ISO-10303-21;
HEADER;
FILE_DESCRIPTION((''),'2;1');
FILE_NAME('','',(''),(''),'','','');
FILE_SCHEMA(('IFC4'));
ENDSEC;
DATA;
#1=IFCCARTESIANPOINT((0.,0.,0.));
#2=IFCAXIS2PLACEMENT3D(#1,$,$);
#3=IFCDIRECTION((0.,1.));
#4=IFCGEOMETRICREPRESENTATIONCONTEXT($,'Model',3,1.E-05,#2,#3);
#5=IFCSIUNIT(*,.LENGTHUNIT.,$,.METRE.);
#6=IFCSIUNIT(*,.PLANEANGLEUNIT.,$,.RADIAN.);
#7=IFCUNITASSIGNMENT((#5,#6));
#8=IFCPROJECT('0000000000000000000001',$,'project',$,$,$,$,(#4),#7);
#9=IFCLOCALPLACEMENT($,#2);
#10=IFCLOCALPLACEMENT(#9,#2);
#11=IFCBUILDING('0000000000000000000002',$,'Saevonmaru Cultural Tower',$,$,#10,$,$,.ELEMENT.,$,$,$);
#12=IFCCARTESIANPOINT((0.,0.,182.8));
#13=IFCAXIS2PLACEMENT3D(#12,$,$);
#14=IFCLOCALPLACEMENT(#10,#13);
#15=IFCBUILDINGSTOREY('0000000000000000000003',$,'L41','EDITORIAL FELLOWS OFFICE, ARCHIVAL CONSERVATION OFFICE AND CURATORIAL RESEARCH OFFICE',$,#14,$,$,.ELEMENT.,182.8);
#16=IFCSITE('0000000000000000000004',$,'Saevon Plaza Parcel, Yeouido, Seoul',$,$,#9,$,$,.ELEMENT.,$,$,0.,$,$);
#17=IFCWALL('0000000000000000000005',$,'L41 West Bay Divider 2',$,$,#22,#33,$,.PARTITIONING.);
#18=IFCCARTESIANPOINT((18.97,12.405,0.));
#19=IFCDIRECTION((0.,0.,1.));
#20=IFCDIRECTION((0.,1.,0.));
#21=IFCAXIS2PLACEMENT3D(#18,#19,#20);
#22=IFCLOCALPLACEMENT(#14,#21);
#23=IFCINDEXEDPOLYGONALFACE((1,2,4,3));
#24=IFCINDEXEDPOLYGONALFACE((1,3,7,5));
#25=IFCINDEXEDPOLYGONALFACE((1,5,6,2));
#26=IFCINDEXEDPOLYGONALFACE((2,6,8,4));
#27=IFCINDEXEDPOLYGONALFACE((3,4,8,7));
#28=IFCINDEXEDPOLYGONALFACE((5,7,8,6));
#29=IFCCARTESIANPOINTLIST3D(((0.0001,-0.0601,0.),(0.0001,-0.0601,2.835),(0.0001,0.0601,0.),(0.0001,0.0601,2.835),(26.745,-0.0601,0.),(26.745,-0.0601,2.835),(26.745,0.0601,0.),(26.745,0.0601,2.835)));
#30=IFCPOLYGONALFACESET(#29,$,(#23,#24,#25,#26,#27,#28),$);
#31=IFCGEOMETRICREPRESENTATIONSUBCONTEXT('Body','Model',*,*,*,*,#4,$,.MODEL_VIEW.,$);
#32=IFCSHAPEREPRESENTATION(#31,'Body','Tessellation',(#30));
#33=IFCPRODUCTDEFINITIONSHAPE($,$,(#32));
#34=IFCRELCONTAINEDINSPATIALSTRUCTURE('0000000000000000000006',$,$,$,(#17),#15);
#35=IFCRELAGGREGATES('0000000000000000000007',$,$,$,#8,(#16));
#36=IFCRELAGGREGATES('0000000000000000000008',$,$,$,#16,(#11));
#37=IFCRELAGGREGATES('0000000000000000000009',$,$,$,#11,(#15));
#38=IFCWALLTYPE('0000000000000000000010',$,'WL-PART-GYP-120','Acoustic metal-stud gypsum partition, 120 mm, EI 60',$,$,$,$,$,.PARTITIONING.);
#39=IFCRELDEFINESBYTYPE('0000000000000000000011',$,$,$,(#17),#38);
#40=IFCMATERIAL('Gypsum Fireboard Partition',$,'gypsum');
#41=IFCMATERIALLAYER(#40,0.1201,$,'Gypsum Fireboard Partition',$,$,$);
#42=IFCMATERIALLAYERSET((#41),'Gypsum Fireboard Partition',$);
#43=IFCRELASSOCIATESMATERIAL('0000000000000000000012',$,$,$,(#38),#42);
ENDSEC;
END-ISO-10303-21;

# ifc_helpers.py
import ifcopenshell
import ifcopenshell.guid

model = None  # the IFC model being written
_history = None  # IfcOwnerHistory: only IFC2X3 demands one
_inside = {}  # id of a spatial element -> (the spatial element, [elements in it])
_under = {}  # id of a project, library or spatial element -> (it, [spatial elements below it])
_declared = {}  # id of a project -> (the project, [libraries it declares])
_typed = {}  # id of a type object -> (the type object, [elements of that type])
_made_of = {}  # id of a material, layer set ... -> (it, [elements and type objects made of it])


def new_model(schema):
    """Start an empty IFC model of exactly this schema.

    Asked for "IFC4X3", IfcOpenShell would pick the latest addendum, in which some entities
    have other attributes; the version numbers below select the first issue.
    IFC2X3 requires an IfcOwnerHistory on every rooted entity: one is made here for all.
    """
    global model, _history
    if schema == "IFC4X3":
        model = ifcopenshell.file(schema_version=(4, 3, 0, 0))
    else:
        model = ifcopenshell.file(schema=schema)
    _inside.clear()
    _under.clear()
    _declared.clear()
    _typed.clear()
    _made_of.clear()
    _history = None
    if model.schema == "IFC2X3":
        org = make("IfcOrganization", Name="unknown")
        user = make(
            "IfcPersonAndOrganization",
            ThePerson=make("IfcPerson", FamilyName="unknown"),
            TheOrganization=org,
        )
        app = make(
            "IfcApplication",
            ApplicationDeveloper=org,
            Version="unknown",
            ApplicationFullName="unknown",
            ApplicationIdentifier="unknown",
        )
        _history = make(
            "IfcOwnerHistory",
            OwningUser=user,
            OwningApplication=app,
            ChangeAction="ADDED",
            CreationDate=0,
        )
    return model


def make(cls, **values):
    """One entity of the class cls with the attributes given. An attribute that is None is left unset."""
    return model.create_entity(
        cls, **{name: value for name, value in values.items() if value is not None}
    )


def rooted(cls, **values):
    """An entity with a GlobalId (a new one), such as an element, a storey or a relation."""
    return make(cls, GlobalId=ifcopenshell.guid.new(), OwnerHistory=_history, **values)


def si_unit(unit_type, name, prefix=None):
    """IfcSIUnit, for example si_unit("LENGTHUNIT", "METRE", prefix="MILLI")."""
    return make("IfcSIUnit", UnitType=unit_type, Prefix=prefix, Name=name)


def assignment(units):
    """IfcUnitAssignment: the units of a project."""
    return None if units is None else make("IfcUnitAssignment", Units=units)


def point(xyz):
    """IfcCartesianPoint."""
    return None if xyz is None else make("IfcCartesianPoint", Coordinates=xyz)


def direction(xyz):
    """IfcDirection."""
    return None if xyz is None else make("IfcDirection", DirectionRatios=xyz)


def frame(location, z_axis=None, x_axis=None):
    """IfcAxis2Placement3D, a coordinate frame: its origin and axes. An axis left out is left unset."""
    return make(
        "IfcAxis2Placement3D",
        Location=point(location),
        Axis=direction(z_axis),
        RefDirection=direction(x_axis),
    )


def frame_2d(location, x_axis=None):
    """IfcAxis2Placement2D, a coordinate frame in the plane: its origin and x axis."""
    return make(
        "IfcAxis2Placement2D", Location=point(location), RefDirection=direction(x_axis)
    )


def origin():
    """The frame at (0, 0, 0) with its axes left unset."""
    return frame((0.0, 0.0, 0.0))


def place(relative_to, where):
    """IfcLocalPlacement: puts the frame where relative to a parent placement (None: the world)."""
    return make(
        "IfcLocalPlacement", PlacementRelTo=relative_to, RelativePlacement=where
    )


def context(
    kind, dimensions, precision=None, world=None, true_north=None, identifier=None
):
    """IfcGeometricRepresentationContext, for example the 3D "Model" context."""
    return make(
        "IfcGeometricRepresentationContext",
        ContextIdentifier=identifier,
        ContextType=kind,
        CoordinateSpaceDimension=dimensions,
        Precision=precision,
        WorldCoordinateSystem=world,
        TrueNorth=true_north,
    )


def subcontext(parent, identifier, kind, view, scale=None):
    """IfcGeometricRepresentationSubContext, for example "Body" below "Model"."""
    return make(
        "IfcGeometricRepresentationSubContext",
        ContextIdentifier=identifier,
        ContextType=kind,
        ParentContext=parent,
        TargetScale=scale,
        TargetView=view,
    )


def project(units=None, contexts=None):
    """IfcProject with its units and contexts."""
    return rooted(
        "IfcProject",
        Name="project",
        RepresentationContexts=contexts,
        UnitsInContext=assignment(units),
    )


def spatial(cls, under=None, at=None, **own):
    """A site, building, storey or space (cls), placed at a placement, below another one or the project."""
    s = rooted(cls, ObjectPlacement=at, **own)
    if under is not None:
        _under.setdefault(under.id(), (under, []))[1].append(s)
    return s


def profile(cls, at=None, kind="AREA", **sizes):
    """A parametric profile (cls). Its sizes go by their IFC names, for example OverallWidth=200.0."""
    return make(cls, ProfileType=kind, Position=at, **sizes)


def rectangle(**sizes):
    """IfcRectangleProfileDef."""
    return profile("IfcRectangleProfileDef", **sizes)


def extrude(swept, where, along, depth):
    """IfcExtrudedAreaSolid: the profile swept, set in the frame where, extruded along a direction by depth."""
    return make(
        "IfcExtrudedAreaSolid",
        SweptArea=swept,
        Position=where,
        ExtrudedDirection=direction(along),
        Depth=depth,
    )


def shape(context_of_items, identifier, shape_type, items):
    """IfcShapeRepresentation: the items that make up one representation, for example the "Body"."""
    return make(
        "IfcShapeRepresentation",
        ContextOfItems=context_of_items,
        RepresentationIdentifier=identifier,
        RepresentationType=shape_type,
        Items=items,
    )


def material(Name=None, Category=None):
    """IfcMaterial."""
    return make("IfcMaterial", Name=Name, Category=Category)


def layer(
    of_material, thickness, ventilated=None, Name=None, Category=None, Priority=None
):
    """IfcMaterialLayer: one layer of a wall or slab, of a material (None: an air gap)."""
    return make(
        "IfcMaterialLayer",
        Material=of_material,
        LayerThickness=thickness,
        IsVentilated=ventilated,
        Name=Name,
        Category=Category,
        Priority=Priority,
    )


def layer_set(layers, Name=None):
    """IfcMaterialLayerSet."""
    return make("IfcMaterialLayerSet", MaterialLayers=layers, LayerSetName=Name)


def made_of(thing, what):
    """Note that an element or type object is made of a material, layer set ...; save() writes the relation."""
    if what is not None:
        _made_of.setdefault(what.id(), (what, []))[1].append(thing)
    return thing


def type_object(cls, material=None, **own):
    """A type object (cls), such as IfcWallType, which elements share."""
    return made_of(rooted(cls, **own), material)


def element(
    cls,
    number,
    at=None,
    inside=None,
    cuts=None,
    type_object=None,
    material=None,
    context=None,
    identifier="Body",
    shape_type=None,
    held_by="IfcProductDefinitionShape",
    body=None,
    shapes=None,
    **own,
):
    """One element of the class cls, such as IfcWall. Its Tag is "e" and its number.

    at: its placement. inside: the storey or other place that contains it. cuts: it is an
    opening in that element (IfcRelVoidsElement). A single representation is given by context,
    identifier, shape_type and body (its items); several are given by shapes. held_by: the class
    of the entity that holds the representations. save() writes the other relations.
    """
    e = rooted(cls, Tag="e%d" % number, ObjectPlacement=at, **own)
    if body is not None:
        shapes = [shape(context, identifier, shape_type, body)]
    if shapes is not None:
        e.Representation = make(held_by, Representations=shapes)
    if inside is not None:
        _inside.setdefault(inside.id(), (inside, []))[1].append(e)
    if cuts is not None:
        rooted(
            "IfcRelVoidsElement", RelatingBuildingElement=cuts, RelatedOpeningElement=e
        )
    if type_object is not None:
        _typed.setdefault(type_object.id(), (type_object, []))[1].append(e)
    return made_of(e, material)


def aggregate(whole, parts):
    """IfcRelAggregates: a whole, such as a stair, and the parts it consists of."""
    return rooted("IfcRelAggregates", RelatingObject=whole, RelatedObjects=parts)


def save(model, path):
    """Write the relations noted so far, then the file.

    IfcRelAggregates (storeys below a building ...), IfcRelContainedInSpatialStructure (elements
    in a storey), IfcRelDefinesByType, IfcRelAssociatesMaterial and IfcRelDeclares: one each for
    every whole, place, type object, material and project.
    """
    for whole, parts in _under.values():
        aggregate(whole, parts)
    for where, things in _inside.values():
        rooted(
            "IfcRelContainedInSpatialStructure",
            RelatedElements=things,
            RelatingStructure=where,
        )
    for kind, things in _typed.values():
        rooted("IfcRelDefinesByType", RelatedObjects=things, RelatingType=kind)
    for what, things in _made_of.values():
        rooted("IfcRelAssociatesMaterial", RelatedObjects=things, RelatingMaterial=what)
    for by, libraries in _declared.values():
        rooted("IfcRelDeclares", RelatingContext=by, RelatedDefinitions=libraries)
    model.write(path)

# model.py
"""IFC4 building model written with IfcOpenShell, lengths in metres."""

from ifc_helpers import new_model, si_unit, direction, frame, frame_2d, origin, place, context, subcontext, project, spatial, rectangle, extrude, material, layer, layer_set, type_object, element, save


model = new_model("IFC4")

# Units and contexts
model_context = context("Model", 3, precision=1e-05, world=origin(), true_north=direction((0.0, 1.0)))
body_context = subcontext(model_context, "Body", "Model", "MODEL_VIEW")
ifc_project = project(units=[si_unit("LENGTHUNIT", "METRE"), si_unit("PLANEANGLEUNIT", "RADIAN")], contexts=[model_context])

# Site, building, storey
site_placement = place(None, origin())
site = spatial("IfcSite", under=ifc_project, at=site_placement, Name="Saevon Plaza Parcel, Yeouido, Seoul", CompositionType="ELEMENT", RefElevation=0.0)
building_placement = place(site_placement, origin())
building = spatial("IfcBuilding", under=site, at=building_placement, Name="Saevonmaru Cultural Tower", CompositionType="ELEMENT")
storey_placement = place(building_placement, frame((0.0, 0.0, 182.8)))
storey = spatial("IfcBuildingStorey", under=building, at=storey_placement, Name="L41", Description="EDITORIAL FELLOWS OFFICE, ARCHIVAL CONSERVATION OFFICE AND CURATORIAL RESEARCH OFFICE", CompositionType="ELEMENT", Elevation=182.8)

# Wall
ifc_material_1 = material(Name="Gypsum Fireboard Partition", Category="gypsum")
ifc_layer_1 = layer(ifc_material_1, 0.1201, Name="Gypsum Fireboard Partition")
ifc_layer_set_1 = layer_set([ifc_layer_1], Name="Gypsum Fireboard Partition")
wall_type_1 = type_object("IfcWallType", Name="WL-PART-GYP-120", Description="Acoustic metal-stud gypsum partition, 120 mm, EI 60", PredefinedType="PARTITIONING", material=ifc_layer_set_1)
wall_1_placement = place(storey_placement, frame((18.97, 12.405, 0.0), z_axis=(0.0, 0.0, 1.0), x_axis=(0.0, 1.0, 0.0)))
element("IfcWall", 1, at=wall_1_placement, inside=storey, type_object=wall_type_1, Name="L41 West Bay Divider 2", PredefinedType="PARTITIONING", context=body_context, shape_type="SweptSolid", body=[
    extrude(rectangle(XDim=26.7449, YDim=0.1201, at=frame_2d((13.3726, 0.0))), origin(), (0.0, 0.0, 1.0), 2.835),
])

save(model, "model.ifc")
